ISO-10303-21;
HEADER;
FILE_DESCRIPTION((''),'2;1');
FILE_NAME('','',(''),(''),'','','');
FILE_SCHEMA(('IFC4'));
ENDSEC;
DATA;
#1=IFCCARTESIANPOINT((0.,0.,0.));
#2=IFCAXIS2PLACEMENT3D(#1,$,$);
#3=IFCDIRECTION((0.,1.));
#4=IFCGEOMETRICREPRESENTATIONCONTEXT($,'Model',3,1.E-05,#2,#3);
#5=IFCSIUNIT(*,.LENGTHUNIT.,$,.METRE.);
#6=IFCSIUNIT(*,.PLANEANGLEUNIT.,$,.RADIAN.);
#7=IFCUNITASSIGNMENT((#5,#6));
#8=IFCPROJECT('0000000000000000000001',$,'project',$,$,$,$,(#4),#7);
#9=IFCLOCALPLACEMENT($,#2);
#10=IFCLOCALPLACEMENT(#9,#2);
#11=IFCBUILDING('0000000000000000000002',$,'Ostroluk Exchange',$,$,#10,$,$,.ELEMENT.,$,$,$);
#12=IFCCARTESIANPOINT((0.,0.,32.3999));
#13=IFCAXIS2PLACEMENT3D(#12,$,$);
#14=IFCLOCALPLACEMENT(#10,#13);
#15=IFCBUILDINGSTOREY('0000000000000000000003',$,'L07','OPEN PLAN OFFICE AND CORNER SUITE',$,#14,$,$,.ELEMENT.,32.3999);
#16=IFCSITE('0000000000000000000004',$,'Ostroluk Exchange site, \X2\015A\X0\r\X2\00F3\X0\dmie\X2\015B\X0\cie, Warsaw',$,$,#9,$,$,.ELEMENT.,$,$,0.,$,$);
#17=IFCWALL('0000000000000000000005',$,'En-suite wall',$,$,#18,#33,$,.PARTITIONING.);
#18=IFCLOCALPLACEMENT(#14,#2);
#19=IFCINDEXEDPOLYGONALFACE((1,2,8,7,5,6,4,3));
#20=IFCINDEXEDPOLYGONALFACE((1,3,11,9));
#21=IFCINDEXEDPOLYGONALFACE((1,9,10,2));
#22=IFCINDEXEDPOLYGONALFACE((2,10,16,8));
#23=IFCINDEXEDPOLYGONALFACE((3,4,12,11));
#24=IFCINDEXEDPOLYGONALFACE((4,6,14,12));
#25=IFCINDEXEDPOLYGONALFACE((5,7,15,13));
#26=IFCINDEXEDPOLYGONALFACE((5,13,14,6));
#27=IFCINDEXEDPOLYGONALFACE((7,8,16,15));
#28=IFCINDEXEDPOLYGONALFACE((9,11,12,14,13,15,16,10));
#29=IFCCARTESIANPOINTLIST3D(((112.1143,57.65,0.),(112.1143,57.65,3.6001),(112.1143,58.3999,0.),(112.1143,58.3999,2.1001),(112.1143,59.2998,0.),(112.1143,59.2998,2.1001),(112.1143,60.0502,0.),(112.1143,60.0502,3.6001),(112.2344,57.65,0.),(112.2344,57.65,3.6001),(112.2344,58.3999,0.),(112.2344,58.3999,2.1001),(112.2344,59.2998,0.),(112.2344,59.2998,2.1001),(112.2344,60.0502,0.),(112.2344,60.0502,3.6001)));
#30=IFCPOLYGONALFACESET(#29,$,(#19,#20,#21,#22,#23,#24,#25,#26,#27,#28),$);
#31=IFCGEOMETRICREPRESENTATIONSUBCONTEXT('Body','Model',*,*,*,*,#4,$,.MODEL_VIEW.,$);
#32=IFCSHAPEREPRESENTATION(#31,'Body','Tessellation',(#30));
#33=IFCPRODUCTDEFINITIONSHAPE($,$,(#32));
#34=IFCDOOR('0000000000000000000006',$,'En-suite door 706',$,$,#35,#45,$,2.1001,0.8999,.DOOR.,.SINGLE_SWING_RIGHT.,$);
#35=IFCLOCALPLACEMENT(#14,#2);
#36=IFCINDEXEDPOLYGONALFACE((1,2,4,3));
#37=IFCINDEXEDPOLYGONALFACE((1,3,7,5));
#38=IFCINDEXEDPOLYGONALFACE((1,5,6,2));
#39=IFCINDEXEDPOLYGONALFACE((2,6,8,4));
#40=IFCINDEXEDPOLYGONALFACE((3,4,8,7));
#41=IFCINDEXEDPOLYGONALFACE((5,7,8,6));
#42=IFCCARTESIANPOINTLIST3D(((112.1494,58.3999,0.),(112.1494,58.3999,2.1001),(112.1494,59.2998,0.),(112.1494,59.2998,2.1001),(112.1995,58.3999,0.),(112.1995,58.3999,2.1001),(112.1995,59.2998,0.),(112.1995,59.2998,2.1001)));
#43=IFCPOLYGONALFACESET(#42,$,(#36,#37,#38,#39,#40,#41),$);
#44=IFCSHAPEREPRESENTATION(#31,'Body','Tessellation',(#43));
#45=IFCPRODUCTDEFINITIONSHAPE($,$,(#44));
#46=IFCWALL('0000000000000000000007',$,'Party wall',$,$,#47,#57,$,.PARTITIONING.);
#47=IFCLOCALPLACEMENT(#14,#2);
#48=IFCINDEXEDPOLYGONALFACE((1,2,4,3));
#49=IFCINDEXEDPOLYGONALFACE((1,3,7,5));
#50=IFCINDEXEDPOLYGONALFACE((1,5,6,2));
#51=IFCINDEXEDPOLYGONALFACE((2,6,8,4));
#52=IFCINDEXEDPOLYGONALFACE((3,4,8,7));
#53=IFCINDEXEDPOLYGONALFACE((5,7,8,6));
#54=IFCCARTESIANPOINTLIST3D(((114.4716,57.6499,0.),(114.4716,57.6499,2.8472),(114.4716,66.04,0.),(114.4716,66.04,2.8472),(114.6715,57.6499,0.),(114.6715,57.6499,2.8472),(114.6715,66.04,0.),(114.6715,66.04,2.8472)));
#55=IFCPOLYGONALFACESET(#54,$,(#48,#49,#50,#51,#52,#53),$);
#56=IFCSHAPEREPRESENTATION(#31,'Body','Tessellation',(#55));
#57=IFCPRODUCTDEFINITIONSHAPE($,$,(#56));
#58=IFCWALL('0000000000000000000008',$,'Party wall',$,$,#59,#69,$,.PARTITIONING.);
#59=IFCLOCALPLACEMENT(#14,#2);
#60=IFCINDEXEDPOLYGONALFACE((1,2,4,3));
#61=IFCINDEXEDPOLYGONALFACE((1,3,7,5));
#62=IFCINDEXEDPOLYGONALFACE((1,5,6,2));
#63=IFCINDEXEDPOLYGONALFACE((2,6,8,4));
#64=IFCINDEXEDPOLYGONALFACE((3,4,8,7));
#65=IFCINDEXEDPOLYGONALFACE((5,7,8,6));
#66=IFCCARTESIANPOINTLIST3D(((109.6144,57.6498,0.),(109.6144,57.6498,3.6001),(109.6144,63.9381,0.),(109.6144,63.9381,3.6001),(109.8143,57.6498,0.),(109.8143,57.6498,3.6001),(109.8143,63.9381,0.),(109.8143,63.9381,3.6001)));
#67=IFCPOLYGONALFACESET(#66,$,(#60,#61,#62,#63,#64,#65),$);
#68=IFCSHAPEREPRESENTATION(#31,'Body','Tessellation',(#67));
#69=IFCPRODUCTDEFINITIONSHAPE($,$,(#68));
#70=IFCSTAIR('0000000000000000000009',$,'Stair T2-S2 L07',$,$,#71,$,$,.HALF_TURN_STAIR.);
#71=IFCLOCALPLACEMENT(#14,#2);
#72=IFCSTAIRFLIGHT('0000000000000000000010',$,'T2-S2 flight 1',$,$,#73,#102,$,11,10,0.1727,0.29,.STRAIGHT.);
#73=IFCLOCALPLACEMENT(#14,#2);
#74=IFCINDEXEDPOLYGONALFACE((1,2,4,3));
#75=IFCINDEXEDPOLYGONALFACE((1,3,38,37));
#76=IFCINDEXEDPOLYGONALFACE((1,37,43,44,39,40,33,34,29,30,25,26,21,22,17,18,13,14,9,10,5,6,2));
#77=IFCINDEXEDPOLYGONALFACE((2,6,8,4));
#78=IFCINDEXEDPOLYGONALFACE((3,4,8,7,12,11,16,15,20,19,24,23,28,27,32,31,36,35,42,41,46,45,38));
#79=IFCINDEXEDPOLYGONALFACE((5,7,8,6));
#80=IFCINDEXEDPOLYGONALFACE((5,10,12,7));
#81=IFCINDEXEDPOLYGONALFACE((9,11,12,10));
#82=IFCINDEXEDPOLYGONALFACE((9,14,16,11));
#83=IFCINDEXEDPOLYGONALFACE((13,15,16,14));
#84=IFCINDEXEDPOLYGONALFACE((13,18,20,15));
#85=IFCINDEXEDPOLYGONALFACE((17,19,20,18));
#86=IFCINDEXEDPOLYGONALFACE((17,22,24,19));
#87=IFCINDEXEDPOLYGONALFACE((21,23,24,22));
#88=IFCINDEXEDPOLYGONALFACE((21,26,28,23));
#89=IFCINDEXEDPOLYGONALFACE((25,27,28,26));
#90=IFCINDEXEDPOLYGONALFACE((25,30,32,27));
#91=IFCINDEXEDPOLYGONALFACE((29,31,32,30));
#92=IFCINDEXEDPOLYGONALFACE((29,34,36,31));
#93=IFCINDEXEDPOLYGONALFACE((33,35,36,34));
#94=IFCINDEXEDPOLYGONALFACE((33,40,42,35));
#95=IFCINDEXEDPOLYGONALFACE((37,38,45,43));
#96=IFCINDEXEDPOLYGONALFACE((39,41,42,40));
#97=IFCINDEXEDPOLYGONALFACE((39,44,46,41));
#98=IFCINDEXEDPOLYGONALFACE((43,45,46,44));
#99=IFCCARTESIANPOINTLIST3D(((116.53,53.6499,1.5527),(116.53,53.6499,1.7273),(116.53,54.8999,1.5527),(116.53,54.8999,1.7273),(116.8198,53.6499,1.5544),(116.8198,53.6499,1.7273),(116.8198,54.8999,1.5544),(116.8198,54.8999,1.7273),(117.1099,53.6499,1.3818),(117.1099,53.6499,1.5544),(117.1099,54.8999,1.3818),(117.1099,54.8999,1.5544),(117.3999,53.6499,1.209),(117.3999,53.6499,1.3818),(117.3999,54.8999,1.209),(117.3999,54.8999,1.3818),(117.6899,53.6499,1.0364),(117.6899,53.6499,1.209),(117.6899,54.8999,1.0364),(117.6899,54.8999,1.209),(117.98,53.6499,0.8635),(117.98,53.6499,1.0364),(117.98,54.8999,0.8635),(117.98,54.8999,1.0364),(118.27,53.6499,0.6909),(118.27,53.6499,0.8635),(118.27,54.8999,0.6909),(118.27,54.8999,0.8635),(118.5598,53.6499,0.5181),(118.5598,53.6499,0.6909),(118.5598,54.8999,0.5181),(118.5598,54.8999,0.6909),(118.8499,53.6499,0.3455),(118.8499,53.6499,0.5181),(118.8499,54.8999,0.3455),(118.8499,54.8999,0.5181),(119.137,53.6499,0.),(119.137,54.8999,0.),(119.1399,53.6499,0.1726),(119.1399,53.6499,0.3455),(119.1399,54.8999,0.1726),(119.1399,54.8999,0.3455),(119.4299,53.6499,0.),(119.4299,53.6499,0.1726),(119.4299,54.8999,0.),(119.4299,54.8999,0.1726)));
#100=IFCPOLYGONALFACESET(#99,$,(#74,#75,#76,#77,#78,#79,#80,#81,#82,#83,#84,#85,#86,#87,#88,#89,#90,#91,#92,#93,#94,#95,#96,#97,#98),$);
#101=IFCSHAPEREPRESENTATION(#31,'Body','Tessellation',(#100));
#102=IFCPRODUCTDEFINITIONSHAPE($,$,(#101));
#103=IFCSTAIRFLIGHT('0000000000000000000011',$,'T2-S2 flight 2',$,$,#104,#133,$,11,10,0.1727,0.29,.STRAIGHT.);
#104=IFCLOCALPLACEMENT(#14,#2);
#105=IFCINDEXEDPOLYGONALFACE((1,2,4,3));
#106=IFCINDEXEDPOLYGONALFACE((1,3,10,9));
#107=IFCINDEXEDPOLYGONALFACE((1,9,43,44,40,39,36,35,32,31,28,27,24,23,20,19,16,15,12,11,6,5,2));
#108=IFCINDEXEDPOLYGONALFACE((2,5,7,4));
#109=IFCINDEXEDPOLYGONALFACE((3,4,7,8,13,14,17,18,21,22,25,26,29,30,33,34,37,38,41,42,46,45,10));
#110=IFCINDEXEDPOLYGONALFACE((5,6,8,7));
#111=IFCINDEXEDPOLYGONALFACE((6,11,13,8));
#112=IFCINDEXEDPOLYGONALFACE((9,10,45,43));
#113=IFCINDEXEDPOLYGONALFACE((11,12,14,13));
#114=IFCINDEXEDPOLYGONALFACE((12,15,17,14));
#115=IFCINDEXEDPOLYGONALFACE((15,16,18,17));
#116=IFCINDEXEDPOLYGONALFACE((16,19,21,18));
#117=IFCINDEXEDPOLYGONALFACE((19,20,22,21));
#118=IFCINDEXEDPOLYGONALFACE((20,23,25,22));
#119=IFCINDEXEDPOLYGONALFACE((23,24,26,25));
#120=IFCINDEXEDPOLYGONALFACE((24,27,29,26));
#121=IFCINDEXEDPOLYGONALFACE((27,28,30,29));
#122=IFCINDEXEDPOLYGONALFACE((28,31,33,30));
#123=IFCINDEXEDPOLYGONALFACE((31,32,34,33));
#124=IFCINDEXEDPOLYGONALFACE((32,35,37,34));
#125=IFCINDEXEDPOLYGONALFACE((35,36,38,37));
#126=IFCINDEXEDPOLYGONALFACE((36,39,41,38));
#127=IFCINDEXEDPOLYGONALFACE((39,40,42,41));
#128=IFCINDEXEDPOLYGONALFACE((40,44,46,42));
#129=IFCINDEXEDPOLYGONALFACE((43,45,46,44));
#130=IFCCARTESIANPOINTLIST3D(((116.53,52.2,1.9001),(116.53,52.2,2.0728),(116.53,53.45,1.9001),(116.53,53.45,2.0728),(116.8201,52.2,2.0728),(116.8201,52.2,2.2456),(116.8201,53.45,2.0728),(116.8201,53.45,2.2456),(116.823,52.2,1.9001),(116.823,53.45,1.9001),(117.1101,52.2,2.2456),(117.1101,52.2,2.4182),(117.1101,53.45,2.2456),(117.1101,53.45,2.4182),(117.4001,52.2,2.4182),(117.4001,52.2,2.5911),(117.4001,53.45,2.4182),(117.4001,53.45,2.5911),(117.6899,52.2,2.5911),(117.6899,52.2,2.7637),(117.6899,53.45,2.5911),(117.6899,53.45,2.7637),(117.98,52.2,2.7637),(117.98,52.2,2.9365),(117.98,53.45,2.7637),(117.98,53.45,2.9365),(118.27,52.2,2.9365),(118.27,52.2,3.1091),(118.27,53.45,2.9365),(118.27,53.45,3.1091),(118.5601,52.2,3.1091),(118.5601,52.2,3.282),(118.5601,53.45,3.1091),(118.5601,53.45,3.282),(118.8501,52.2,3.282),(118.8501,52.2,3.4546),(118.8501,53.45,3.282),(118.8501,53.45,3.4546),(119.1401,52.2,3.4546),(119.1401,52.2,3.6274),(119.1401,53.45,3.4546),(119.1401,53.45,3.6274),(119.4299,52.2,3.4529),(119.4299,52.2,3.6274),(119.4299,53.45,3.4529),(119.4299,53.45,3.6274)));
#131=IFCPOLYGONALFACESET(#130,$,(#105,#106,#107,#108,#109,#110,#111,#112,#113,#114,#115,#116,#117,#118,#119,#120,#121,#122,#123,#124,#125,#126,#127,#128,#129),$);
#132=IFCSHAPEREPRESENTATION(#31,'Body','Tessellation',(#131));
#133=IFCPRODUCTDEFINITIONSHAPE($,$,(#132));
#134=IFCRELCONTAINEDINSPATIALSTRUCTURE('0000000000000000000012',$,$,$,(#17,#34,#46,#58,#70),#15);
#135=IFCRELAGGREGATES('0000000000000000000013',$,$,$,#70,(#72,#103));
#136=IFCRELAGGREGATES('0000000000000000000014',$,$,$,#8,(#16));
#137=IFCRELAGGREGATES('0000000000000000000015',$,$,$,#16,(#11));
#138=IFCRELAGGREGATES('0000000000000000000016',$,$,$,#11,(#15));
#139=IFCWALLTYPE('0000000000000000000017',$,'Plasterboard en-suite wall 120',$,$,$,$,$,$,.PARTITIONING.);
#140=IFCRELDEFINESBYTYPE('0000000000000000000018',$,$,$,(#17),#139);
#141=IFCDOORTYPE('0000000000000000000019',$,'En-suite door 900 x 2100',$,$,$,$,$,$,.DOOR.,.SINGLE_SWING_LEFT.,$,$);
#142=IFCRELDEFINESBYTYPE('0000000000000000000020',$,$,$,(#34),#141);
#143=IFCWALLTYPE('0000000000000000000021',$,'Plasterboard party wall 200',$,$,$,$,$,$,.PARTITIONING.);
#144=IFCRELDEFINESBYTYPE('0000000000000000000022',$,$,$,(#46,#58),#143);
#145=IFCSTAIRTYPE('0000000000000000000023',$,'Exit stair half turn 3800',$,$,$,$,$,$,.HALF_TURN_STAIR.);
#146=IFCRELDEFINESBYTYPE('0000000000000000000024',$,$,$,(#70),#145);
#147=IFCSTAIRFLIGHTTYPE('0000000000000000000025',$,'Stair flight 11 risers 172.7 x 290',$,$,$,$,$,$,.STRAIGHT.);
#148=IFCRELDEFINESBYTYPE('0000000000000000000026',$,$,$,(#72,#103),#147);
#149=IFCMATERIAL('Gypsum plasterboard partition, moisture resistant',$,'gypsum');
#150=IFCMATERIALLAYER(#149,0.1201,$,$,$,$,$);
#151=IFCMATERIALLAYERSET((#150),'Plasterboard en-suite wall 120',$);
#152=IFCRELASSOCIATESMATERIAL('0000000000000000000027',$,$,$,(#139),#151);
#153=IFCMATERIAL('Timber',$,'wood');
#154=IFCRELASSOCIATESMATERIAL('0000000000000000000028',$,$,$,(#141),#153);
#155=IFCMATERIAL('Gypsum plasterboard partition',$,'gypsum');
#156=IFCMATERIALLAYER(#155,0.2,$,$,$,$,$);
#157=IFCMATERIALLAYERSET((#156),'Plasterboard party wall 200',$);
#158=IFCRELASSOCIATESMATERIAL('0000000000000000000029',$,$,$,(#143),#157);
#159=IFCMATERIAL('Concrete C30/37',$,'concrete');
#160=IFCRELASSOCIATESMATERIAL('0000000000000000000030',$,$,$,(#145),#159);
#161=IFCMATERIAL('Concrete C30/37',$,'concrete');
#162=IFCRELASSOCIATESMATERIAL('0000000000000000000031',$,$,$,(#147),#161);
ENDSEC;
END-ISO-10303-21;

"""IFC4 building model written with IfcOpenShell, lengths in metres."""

from ifc_helpers import new_model, si_unit, direction, frame, frame_2d, origin, place, context, subcontext, project, spatial, polyline, rectangle, outline, extrude, material, layer, layer_set, type_object, element, fill, aggregate, save


model = new_model("IFC4")

# Units and contexts
model_context = context("Model", 3, precision=1e-05, world=origin(), true_north=direction((0.0, 1.0)))
body_context = subcontext(model_context, "Body", "Model", "MODEL_VIEW")
ifc_project = project(units=[si_unit("LENGTHUNIT", "METRE"), si_unit("PLANEANGLEUNIT", "RADIAN")], contexts=[model_context])

# Site, building, storey
site_placement = place(None, origin())
site = spatial("IfcSite", under=ifc_project, at=site_placement, Name="Ostroluk Exchange site, Śródmieście, Warsaw", CompositionType="ELEMENT", RefElevation=0.0)
building_placement = place(site_placement, origin())
building = spatial("IfcBuilding", under=site, at=building_placement, Name="Ostroluk Exchange", CompositionType="ELEMENT")
storey_placement = place(building_placement, frame((0.0, 0.0, 32.3999)))
storey = spatial("IfcBuildingStorey", under=building, at=storey_placement, Name="L07", Description="OPEN PLAN OFFICE AND CORNER SUITE", CompositionType="ELEMENT", Elevation=32.3999)

# Wall, opening, door
ifc_material_1 = material(Name="Gypsum plasterboard partition, moisture resistant", Category="gypsum")
ifc_layer_1 = layer(ifc_material_1, 0.1201)
ifc_layer_set_1 = layer_set([ifc_layer_1], Name="Plasterboard en-suite wall 120")
wall_type_1 = type_object("IfcWallType", Name="Plasterboard en-suite wall 120", PredefinedType="PARTITIONING", material=ifc_layer_set_1)
ifc_material_2 = material(Name="Timber", Category="wood")
door_type_1 = type_object("IfcDoorType", Name="En-suite door 900 x 2100", OperationType="SINGLE_SWING_LEFT", PredefinedType="DOOR", material=ifc_material_2)
wall_1_placement = place(storey_placement, frame((112.1743, 57.6499, 0.0), z_axis=(0.0, 0.0, 1.0), x_axis=(0.0, 1.0, 0.0)))
wall_1 = element("IfcWall", 1, at=wall_1_placement, inside=storey, type_object=wall_type_1, Name="En-suite wall", PredefinedType="PARTITIONING", context=body_context, shape_type="SweptSolid", body=[
    extrude(rectangle(XDim=2.4001, YDim=0.1201, at=frame_2d((1.2002, 0.0))), origin(), (0.0, 0.0, 1.0), 3.6001),
])
opening_1_placement = place(wall_1_placement, frame((0.75, 0.0, 0.0)))
opening_1 = element("IfcOpeningElement", 2, at=opening_1_placement, cuts=wall_1, PredefinedType="OPENING", context=body_context, shape_type="SweptSolid", body=[
    extrude(rectangle(XDim=0.8999, YDim=2.1001, at=frame_2d((0.45, 1.05))), frame((0.0, 0.0701, 0.0), z_axis=(0.0, -1.0, 0.0), x_axis=(1.0, 0.0, 0.0)), (0.0, 0.0, 1.0), 0.1401),
])
door_1_placement = place(opening_1_placement, origin())
door_1 = element("IfcDoor", 3, at=door_1_placement, inside=storey, type_object=door_type_1, Name="En-suite door 706", OperationType="SINGLE_SWING_RIGHT", OverallHeight=2.1001, OverallWidth=0.8999, PredefinedType="DOOR", context=body_context, shape_type="SweptSolid", body=[
    extrude(rectangle(XDim=0.8999, YDim=2.1001, at=frame_2d((0.45, 1.05))), frame((0.0, 0.0249, 0.0), z_axis=(0.0, -1.0, 0.0), x_axis=(1.0, 0.0, 0.0)), (0.0, 0.0, 1.0), 0.05),
])
fill(opening_1, door_1)

# Walls
ifc_material_3 = material(Name="Gypsum plasterboard partition", Category="gypsum")
ifc_layer_2 = layer(ifc_material_3, 0.2)
ifc_layer_set_2 = layer_set([ifc_layer_2], Name="Plasterboard party wall 200")
wall_type_2 = type_object("IfcWallType", Name="Plasterboard party wall 200", PredefinedType="PARTITIONING", material=ifc_layer_set_2)
wall_2_placement = place(storey_placement, frame((114.5715, 57.6499, 0.0), z_axis=(0.0, 0.0, 1.0), x_axis=(0.0, 1.0, 0.0)))
element("IfcWall", 4, at=wall_2_placement, inside=storey, type_object=wall_type_2, Name="Party wall", PredefinedType="PARTITIONING", context=body_context, shape_type="SweptSolid", body=[
    extrude(rectangle(XDim=8.3901, YDim=0.2, at=frame_2d((4.1951, 0.0))), origin(), (0.0, 0.0, 1.0), 2.8472),
])
wall_3_placement = place(storey_placement, frame((109.7144, 57.6499, 0.0), z_axis=(0.0, 0.0, 1.0), x_axis=(0.0, 1.0, 0.0)))
element("IfcWall", 5, at=wall_3_placement, inside=storey, type_object=wall_type_2, Name="Party wall", PredefinedType="PARTITIONING", context=body_context, shape_type="SweptSolid", body=[
    extrude(rectangle(XDim=6.2883, YDim=0.2, at=frame_2d((3.144, 0.0))), origin(), (0.0, 0.0, 1.0), 3.6001),
])

# Stair, stair flights
ifc_material_4 = material(Name="Concrete C30/37", Category="concrete")
stair_type = type_object("IfcStairType", Name="Exit stair half turn 3800", PredefinedType="HALF_TURN_STAIR", material=ifc_material_4)
stair_placement = place(storey_placement, origin())
stair = element("IfcStair", 6, at=stair_placement, inside=storey, type_object=stair_type, Name="Stair T2-S2 L07", PredefinedType="HALF_TURN_STAIR")
ifc_material_5 = material(Name="Concrete C30/37", Category="concrete")
stair_flight_type = type_object("IfcStairFlightType", Name="Stair flight 11 risers 172.7 x 290", PredefinedType="STRAIGHT", material=ifc_material_5)
stair_flight_1_placement = place(storey_placement, frame((119.4299, 54.2749, 0.0), z_axis=(0.0, 0.0, 1.0), x_axis=(-1.0, 0.0, 0.0)))
stair_flight_1 = element("IfcStairFlight", 7, at=stair_flight_1_placement, type_object=stair_flight_type, Name="T2-S2 flight 1", NumberOfRisers=11, NumberOfTreads=10, PredefinedType="STRAIGHT", RiserHeight=0.1727, TreadLength=0.29, context=body_context, shape_type="SweptSolid", body=[
    extrude(outline(polyline([(0.0, 0.0), (0.0, 0.1726), (0.29, 0.1726), (0.29, 0.3455), (0.5801, 0.3455), (0.5801, 0.5181), (0.8701, 0.5181), (0.8701, 0.6909), (1.1599, 0.6909), (1.1599, 0.8635), (1.45, 0.8635), (1.45, 1.0364), (1.74, 1.0364), (1.74, 1.209), (2.03, 1.209), (2.03, 1.3818), (2.3201, 1.3818), (2.3201, 1.5544), (2.6101, 1.5544), (2.6101, 1.7273), (2.8999, 1.7273), (2.8999, 1.8999), (2.8999, 1.5527), (0.293, 0.0), (0.0, 0.0)])), frame((0.0, 0.625, 0.0), z_axis=(0.0, -1.0, 0.0), x_axis=(1.0, 0.0, 0.0)), (0.0, 0.0, 1.0), 1.25),
])
stair_flight_2_placement = place(storey_placement, frame((116.53, 52.825, 1.9001), z_axis=(0.0, 0.0, 1.0), x_axis=(1.0, 0.0, 0.0)))
stair_flight_2 = element("IfcStairFlight", 8, at=stair_flight_2_placement, type_object=stair_flight_type, Name="T2-S2 flight 2", NumberOfRisers=11, NumberOfTreads=10, PredefinedType="STRAIGHT", RiserHeight=0.1727, TreadLength=0.29, context=body_context, shape_type="SweptSolid", body=[
    extrude(outline(polyline([(0.0, 0.0), (0.0, 0.1726), (0.29, 0.1726), (0.29, 0.3455), (0.5801, 0.3455), (0.5801, 0.5181), (0.8701, 0.5181), (0.8701, 0.6909), (1.1599, 0.6909), (1.1599, 0.8635), (1.45, 0.8635), (1.45, 1.0364), (1.74, 1.0364), (1.74, 1.209), (2.03, 1.209), (2.03, 1.3818), (2.3201, 1.3818), (2.3201, 1.5544), (2.6101, 1.5544), (2.6101, 1.7273), (2.8999, 1.7273), (2.8999, 1.8999), (2.8999, 1.5527), (0.293, 0.0), (0.0, 0.0)])), frame((0.0, 0.625, 0.0), z_axis=(0.0, -1.0, 0.0), x_axis=(1.0, 0.0, 0.0)), (0.0, 0.0, 1.0), 1.25),
])
aggregate(stair, [stair_flight_1, stair_flight_2])

save(model, "model.ifc")
